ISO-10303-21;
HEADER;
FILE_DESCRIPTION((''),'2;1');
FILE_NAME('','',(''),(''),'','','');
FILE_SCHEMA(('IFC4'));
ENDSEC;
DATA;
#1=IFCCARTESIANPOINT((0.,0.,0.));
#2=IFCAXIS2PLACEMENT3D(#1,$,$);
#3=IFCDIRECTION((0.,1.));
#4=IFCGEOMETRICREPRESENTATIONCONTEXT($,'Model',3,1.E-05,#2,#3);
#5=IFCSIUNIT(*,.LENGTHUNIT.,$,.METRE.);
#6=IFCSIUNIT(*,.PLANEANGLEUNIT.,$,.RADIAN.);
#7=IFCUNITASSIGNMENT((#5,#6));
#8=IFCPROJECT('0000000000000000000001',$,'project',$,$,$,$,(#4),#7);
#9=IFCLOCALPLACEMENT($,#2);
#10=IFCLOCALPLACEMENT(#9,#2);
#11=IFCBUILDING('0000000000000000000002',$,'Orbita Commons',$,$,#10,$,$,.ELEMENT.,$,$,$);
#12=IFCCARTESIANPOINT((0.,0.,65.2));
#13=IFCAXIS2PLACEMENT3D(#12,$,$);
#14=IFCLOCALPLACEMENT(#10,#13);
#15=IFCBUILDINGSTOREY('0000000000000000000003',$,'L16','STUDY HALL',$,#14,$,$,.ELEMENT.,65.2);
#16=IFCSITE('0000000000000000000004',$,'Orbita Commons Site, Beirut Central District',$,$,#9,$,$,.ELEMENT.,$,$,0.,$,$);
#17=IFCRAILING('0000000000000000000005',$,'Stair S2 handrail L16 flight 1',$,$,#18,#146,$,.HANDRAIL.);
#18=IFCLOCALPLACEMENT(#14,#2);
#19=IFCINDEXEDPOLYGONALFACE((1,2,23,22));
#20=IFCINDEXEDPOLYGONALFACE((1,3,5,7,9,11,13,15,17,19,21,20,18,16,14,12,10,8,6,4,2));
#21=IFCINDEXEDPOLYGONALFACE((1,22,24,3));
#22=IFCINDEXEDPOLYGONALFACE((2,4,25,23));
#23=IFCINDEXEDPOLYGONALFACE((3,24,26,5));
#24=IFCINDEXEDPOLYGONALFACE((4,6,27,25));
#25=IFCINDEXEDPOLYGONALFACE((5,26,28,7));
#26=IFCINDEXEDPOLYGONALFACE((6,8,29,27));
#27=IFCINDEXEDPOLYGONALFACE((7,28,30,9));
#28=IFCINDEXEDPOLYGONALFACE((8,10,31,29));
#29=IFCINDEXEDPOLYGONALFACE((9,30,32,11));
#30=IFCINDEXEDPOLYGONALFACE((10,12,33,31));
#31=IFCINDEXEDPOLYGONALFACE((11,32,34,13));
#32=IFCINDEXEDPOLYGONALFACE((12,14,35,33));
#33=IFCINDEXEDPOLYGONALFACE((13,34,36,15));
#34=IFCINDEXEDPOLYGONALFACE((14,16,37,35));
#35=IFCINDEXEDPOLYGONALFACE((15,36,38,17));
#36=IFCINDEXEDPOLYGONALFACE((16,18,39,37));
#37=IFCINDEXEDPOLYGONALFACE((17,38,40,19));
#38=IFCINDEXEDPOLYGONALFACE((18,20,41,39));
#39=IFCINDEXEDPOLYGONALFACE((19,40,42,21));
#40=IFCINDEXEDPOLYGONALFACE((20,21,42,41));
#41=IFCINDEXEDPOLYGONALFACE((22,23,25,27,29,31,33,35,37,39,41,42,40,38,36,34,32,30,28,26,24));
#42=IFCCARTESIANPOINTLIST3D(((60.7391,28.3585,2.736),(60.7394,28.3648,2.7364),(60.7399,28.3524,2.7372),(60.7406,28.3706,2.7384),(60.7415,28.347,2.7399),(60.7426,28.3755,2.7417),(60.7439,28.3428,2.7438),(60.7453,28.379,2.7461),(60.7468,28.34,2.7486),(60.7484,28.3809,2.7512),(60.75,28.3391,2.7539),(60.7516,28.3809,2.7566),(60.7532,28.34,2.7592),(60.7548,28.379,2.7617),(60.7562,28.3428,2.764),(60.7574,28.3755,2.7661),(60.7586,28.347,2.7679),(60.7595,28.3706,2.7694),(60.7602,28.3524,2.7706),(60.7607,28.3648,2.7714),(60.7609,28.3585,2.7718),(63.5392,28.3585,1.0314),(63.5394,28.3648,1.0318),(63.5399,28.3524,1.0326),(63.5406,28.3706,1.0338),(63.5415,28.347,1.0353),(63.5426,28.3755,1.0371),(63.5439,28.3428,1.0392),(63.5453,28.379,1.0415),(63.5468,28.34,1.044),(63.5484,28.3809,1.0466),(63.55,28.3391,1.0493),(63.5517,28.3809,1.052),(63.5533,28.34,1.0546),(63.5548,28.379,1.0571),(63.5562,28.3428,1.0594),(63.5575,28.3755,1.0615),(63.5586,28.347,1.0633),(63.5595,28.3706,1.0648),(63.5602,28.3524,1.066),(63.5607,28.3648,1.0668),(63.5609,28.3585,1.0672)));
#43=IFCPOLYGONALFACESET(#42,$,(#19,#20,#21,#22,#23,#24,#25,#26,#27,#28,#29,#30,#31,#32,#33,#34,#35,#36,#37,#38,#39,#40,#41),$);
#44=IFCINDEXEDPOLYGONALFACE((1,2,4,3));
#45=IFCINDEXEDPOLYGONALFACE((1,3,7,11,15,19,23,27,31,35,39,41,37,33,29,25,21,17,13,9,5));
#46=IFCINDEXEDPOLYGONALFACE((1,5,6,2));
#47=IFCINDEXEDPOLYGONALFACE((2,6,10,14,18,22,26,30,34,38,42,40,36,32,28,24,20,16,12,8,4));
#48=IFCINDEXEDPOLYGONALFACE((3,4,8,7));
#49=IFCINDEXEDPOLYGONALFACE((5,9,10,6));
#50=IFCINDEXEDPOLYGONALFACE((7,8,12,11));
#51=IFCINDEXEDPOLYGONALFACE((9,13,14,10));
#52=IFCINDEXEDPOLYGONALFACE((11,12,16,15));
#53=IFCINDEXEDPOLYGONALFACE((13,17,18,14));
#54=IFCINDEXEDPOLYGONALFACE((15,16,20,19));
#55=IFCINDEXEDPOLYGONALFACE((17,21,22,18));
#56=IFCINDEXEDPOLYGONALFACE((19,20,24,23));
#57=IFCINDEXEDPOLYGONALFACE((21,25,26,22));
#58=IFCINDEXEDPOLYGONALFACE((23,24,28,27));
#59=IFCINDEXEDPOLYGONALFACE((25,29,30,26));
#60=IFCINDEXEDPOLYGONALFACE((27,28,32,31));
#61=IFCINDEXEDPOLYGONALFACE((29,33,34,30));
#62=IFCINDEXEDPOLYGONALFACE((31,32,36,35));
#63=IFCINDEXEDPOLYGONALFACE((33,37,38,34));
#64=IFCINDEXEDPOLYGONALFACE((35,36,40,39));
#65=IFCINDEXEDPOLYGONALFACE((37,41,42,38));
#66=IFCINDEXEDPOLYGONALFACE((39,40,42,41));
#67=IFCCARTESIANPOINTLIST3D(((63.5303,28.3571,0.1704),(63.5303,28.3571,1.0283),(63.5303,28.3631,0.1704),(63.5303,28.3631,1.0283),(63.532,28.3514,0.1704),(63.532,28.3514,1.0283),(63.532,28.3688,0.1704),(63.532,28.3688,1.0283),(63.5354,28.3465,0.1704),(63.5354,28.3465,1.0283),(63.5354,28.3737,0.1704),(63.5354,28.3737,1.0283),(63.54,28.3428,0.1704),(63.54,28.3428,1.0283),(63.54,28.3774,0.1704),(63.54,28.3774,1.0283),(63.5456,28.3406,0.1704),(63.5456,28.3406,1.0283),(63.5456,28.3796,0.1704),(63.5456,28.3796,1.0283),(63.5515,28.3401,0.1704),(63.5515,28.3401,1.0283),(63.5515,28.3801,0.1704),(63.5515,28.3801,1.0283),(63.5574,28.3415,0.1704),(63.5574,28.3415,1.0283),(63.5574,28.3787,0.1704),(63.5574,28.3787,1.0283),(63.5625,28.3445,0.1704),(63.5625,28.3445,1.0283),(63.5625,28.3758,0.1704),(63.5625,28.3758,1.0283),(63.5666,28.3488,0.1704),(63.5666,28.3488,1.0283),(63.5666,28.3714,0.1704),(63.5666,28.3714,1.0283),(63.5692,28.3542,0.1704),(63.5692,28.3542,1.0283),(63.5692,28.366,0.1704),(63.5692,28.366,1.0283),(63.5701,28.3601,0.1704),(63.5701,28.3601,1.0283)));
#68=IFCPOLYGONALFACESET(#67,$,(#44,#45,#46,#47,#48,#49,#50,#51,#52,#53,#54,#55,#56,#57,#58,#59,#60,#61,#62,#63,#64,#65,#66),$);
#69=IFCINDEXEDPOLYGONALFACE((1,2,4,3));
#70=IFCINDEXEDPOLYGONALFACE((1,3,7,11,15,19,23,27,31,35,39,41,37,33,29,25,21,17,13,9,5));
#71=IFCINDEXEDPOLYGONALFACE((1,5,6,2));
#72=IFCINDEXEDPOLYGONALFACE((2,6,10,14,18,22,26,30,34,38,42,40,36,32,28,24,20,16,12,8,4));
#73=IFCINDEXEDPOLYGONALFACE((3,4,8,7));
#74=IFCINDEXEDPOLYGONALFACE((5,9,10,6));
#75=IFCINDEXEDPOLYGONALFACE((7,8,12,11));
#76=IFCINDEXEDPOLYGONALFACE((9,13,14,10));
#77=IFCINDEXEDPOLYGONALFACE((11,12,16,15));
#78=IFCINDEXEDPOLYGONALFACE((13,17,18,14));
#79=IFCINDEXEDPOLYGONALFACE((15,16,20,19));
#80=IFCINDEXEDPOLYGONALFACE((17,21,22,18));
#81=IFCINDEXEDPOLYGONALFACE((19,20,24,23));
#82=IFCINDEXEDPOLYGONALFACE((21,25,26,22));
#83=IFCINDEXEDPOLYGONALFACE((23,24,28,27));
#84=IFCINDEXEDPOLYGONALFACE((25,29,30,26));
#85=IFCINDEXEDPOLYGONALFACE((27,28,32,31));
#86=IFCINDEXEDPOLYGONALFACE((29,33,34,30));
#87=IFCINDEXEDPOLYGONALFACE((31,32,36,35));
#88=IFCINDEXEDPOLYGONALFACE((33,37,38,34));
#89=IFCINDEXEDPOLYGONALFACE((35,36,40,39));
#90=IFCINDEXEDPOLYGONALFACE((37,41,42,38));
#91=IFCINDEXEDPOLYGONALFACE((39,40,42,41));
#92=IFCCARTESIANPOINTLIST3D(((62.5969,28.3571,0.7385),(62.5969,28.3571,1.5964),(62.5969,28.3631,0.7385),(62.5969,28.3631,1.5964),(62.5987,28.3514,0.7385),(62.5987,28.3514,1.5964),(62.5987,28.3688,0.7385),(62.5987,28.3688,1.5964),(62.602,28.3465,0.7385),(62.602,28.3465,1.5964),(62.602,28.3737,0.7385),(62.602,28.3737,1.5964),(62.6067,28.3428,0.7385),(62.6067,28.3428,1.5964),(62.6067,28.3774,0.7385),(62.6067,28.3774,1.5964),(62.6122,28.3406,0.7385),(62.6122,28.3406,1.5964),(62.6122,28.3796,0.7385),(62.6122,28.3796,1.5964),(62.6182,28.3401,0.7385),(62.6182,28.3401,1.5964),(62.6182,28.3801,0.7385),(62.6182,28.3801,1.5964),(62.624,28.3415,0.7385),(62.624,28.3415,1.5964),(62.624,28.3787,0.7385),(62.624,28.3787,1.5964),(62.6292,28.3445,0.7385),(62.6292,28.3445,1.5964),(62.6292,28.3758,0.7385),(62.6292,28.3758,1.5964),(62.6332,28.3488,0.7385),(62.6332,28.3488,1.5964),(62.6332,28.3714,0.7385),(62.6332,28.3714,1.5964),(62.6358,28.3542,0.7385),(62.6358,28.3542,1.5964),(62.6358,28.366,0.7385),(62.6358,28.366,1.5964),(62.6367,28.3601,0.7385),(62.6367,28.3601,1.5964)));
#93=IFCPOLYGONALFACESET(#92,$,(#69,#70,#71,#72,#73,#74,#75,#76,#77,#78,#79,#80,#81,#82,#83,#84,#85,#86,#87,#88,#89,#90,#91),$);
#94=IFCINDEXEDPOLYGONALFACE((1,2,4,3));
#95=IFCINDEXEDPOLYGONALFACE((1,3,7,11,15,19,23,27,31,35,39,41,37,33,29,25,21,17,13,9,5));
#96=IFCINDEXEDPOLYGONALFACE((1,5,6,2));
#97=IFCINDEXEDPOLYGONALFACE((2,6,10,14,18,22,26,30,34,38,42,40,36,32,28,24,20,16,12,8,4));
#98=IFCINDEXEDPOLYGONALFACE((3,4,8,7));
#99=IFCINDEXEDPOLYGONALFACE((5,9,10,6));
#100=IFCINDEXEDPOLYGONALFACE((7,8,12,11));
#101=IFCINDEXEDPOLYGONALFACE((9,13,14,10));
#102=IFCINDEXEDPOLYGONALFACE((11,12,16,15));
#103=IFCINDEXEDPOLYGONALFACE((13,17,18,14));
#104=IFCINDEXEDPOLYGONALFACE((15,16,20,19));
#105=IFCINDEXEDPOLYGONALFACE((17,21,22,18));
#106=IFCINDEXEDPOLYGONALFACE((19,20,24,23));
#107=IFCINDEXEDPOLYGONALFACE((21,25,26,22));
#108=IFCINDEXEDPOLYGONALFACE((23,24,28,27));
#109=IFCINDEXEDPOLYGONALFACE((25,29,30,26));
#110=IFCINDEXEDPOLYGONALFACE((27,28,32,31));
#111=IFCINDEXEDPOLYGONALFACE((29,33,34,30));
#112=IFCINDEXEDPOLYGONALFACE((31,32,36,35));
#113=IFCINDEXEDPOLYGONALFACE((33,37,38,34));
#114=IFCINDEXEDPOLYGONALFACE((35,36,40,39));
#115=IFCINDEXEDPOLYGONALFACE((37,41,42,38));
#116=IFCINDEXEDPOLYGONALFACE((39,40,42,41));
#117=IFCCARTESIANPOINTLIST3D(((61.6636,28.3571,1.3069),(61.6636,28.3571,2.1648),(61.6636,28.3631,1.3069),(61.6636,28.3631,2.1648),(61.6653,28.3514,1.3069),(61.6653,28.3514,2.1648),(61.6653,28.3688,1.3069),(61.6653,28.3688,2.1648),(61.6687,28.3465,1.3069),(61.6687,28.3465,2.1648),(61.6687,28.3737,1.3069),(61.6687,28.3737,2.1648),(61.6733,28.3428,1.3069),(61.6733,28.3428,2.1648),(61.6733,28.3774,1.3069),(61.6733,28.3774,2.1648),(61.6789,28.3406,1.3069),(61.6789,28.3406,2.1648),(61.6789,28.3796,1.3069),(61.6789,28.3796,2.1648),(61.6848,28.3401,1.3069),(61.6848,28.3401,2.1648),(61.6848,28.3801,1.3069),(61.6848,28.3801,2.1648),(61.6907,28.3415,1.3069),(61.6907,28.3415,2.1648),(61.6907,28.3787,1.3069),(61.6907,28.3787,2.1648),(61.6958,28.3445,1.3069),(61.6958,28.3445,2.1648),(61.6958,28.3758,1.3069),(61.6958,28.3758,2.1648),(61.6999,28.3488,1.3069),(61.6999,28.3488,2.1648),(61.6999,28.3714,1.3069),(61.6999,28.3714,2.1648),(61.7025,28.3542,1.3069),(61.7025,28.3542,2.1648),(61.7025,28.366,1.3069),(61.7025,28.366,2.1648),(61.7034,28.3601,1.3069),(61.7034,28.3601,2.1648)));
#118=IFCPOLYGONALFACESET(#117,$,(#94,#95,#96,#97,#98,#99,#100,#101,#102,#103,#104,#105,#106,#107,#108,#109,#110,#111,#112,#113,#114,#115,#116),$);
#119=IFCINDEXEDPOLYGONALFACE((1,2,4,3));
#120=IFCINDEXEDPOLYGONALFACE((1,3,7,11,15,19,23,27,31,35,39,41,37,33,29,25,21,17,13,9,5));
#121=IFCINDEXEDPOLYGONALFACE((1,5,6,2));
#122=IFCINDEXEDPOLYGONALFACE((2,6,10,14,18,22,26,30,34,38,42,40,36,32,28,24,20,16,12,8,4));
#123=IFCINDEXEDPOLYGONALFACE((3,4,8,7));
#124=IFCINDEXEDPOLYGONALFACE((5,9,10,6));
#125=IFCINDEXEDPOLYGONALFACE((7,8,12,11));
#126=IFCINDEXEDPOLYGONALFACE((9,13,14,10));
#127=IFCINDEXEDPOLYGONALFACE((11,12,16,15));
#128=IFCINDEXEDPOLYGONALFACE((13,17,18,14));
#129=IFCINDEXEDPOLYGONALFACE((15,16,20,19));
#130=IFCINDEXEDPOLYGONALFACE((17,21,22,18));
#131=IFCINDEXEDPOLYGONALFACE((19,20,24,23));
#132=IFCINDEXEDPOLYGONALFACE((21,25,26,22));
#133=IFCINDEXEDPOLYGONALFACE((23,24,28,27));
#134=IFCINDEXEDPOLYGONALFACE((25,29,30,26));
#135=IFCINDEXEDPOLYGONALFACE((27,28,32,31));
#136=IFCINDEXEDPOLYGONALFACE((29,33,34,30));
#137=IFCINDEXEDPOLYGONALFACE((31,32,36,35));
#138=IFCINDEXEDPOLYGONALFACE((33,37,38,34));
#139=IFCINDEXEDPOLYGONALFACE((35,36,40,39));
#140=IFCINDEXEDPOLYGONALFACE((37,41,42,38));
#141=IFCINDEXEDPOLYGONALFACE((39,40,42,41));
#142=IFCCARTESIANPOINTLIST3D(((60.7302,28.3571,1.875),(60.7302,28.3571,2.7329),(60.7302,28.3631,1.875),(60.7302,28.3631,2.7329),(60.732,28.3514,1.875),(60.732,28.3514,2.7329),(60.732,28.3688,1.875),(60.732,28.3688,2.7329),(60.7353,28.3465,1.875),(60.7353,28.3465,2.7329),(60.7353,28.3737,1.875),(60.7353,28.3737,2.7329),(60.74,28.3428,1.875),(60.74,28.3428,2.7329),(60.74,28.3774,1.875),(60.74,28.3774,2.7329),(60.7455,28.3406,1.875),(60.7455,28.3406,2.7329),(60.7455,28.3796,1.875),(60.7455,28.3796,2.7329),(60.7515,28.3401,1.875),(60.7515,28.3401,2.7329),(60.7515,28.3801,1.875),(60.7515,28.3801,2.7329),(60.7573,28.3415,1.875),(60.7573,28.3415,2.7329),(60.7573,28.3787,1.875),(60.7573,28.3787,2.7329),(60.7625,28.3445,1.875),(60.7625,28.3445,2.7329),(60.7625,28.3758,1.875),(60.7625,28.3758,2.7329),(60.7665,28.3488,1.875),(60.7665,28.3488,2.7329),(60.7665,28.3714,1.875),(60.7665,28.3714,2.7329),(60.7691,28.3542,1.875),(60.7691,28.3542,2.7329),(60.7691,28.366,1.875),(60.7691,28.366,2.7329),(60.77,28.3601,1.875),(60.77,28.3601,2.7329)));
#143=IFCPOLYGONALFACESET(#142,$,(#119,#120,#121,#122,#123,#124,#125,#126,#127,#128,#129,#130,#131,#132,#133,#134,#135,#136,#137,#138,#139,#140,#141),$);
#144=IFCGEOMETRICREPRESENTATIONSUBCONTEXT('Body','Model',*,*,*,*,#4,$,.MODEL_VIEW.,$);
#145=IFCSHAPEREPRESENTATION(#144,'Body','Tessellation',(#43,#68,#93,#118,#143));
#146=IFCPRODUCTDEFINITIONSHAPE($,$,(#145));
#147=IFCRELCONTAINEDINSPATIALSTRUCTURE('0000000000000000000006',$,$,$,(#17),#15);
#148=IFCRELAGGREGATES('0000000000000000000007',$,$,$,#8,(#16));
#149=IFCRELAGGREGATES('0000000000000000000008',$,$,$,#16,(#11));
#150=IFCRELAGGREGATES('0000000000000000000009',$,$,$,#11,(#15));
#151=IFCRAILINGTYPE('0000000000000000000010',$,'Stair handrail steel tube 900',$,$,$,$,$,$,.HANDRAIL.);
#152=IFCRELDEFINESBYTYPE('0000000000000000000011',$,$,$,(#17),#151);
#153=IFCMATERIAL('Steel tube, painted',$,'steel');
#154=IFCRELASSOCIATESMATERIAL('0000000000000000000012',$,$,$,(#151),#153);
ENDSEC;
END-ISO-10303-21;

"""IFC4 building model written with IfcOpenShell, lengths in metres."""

from ifc_helpers import new_model, si_unit, direction, frame, origin, origin_2d, place, context, subcontext, project, spatial, circle, extrude, material, type_object, element, save


model = new_model("IFC4")

# Units and contexts
model_context = context("Model", 3, precision=1e-05, world=origin(), true_north=direction((0.0, 1.0)))
body_context = subcontext(model_context, "Body", "Model", "MODEL_VIEW")
ifc_project = project(units=[si_unit("LENGTHUNIT", "METRE"), si_unit("PLANEANGLEUNIT", "RADIAN")], contexts=[model_context])

# Site, building, storey
site_placement = place(None, origin())
site = spatial("IfcSite", under=ifc_project, at=site_placement, Name="Orbita Commons Site, Beirut Central District", CompositionType="ELEMENT", RefElevation=0.0)
building_placement = place(site_placement, origin())
building = spatial("IfcBuilding", under=site, at=building_placement, Name="Orbita Commons", CompositionType="ELEMENT")
storey_placement = place(building_placement, frame((0.0, 0.0, 65.2)))
storey = spatial("IfcBuildingStorey", under=building, at=storey_placement, Name="L16", Description="STUDY HALL", CompositionType="ELEMENT", Elevation=65.2)

# Railing
ifc_material_1 = material(Name="Steel tube, painted", Category="steel")
railing_type = type_object("IfcRailingType", Name="Stair handrail steel tube 900", PredefinedType="HANDRAIL", material=ifc_material_1)
railing_placement = place(storey_placement, frame((63.55, 28.3601, 0.1704)))
element("IfcRailing", 1, at=railing_placement, inside=storey, type_object=railing_type, Name="Stair S2 handrail L16 flight 1", PredefinedType="HANDRAIL", context=body_context, shape_type="SweptSolid", body=[
    extrude(circle(Radius=0.021, at=origin_2d()), frame((0.0, 0.0, 0.8789), z_axis=(-0.85417, 0.0, 0.519994), x_axis=(0.0, -1.0, 0.0)), (0.0, 0.0, 1.0), 3.2781),
    extrude(circle(Radius=0.02, at=origin_2d()), origin(), (0.0, 0.0, 1.0), 0.8579),
    extrude(circle(Radius=0.02, at=origin_2d()), frame((-0.9333, 0.0, 0.5681)), (0.0, 0.0, 1.0), 0.8579),
    extrude(circle(Radius=0.02, at=origin_2d()), frame((-1.8667, 0.0, 1.1365)), (0.0, 0.0, 1.0), 0.8579),
    extrude(circle(Radius=0.02, at=origin_2d()), frame((-2.8, 0.0, 1.7046)), (0.0, 0.0, 1.0), 0.8579),
])

save(model, "model.ifc")
